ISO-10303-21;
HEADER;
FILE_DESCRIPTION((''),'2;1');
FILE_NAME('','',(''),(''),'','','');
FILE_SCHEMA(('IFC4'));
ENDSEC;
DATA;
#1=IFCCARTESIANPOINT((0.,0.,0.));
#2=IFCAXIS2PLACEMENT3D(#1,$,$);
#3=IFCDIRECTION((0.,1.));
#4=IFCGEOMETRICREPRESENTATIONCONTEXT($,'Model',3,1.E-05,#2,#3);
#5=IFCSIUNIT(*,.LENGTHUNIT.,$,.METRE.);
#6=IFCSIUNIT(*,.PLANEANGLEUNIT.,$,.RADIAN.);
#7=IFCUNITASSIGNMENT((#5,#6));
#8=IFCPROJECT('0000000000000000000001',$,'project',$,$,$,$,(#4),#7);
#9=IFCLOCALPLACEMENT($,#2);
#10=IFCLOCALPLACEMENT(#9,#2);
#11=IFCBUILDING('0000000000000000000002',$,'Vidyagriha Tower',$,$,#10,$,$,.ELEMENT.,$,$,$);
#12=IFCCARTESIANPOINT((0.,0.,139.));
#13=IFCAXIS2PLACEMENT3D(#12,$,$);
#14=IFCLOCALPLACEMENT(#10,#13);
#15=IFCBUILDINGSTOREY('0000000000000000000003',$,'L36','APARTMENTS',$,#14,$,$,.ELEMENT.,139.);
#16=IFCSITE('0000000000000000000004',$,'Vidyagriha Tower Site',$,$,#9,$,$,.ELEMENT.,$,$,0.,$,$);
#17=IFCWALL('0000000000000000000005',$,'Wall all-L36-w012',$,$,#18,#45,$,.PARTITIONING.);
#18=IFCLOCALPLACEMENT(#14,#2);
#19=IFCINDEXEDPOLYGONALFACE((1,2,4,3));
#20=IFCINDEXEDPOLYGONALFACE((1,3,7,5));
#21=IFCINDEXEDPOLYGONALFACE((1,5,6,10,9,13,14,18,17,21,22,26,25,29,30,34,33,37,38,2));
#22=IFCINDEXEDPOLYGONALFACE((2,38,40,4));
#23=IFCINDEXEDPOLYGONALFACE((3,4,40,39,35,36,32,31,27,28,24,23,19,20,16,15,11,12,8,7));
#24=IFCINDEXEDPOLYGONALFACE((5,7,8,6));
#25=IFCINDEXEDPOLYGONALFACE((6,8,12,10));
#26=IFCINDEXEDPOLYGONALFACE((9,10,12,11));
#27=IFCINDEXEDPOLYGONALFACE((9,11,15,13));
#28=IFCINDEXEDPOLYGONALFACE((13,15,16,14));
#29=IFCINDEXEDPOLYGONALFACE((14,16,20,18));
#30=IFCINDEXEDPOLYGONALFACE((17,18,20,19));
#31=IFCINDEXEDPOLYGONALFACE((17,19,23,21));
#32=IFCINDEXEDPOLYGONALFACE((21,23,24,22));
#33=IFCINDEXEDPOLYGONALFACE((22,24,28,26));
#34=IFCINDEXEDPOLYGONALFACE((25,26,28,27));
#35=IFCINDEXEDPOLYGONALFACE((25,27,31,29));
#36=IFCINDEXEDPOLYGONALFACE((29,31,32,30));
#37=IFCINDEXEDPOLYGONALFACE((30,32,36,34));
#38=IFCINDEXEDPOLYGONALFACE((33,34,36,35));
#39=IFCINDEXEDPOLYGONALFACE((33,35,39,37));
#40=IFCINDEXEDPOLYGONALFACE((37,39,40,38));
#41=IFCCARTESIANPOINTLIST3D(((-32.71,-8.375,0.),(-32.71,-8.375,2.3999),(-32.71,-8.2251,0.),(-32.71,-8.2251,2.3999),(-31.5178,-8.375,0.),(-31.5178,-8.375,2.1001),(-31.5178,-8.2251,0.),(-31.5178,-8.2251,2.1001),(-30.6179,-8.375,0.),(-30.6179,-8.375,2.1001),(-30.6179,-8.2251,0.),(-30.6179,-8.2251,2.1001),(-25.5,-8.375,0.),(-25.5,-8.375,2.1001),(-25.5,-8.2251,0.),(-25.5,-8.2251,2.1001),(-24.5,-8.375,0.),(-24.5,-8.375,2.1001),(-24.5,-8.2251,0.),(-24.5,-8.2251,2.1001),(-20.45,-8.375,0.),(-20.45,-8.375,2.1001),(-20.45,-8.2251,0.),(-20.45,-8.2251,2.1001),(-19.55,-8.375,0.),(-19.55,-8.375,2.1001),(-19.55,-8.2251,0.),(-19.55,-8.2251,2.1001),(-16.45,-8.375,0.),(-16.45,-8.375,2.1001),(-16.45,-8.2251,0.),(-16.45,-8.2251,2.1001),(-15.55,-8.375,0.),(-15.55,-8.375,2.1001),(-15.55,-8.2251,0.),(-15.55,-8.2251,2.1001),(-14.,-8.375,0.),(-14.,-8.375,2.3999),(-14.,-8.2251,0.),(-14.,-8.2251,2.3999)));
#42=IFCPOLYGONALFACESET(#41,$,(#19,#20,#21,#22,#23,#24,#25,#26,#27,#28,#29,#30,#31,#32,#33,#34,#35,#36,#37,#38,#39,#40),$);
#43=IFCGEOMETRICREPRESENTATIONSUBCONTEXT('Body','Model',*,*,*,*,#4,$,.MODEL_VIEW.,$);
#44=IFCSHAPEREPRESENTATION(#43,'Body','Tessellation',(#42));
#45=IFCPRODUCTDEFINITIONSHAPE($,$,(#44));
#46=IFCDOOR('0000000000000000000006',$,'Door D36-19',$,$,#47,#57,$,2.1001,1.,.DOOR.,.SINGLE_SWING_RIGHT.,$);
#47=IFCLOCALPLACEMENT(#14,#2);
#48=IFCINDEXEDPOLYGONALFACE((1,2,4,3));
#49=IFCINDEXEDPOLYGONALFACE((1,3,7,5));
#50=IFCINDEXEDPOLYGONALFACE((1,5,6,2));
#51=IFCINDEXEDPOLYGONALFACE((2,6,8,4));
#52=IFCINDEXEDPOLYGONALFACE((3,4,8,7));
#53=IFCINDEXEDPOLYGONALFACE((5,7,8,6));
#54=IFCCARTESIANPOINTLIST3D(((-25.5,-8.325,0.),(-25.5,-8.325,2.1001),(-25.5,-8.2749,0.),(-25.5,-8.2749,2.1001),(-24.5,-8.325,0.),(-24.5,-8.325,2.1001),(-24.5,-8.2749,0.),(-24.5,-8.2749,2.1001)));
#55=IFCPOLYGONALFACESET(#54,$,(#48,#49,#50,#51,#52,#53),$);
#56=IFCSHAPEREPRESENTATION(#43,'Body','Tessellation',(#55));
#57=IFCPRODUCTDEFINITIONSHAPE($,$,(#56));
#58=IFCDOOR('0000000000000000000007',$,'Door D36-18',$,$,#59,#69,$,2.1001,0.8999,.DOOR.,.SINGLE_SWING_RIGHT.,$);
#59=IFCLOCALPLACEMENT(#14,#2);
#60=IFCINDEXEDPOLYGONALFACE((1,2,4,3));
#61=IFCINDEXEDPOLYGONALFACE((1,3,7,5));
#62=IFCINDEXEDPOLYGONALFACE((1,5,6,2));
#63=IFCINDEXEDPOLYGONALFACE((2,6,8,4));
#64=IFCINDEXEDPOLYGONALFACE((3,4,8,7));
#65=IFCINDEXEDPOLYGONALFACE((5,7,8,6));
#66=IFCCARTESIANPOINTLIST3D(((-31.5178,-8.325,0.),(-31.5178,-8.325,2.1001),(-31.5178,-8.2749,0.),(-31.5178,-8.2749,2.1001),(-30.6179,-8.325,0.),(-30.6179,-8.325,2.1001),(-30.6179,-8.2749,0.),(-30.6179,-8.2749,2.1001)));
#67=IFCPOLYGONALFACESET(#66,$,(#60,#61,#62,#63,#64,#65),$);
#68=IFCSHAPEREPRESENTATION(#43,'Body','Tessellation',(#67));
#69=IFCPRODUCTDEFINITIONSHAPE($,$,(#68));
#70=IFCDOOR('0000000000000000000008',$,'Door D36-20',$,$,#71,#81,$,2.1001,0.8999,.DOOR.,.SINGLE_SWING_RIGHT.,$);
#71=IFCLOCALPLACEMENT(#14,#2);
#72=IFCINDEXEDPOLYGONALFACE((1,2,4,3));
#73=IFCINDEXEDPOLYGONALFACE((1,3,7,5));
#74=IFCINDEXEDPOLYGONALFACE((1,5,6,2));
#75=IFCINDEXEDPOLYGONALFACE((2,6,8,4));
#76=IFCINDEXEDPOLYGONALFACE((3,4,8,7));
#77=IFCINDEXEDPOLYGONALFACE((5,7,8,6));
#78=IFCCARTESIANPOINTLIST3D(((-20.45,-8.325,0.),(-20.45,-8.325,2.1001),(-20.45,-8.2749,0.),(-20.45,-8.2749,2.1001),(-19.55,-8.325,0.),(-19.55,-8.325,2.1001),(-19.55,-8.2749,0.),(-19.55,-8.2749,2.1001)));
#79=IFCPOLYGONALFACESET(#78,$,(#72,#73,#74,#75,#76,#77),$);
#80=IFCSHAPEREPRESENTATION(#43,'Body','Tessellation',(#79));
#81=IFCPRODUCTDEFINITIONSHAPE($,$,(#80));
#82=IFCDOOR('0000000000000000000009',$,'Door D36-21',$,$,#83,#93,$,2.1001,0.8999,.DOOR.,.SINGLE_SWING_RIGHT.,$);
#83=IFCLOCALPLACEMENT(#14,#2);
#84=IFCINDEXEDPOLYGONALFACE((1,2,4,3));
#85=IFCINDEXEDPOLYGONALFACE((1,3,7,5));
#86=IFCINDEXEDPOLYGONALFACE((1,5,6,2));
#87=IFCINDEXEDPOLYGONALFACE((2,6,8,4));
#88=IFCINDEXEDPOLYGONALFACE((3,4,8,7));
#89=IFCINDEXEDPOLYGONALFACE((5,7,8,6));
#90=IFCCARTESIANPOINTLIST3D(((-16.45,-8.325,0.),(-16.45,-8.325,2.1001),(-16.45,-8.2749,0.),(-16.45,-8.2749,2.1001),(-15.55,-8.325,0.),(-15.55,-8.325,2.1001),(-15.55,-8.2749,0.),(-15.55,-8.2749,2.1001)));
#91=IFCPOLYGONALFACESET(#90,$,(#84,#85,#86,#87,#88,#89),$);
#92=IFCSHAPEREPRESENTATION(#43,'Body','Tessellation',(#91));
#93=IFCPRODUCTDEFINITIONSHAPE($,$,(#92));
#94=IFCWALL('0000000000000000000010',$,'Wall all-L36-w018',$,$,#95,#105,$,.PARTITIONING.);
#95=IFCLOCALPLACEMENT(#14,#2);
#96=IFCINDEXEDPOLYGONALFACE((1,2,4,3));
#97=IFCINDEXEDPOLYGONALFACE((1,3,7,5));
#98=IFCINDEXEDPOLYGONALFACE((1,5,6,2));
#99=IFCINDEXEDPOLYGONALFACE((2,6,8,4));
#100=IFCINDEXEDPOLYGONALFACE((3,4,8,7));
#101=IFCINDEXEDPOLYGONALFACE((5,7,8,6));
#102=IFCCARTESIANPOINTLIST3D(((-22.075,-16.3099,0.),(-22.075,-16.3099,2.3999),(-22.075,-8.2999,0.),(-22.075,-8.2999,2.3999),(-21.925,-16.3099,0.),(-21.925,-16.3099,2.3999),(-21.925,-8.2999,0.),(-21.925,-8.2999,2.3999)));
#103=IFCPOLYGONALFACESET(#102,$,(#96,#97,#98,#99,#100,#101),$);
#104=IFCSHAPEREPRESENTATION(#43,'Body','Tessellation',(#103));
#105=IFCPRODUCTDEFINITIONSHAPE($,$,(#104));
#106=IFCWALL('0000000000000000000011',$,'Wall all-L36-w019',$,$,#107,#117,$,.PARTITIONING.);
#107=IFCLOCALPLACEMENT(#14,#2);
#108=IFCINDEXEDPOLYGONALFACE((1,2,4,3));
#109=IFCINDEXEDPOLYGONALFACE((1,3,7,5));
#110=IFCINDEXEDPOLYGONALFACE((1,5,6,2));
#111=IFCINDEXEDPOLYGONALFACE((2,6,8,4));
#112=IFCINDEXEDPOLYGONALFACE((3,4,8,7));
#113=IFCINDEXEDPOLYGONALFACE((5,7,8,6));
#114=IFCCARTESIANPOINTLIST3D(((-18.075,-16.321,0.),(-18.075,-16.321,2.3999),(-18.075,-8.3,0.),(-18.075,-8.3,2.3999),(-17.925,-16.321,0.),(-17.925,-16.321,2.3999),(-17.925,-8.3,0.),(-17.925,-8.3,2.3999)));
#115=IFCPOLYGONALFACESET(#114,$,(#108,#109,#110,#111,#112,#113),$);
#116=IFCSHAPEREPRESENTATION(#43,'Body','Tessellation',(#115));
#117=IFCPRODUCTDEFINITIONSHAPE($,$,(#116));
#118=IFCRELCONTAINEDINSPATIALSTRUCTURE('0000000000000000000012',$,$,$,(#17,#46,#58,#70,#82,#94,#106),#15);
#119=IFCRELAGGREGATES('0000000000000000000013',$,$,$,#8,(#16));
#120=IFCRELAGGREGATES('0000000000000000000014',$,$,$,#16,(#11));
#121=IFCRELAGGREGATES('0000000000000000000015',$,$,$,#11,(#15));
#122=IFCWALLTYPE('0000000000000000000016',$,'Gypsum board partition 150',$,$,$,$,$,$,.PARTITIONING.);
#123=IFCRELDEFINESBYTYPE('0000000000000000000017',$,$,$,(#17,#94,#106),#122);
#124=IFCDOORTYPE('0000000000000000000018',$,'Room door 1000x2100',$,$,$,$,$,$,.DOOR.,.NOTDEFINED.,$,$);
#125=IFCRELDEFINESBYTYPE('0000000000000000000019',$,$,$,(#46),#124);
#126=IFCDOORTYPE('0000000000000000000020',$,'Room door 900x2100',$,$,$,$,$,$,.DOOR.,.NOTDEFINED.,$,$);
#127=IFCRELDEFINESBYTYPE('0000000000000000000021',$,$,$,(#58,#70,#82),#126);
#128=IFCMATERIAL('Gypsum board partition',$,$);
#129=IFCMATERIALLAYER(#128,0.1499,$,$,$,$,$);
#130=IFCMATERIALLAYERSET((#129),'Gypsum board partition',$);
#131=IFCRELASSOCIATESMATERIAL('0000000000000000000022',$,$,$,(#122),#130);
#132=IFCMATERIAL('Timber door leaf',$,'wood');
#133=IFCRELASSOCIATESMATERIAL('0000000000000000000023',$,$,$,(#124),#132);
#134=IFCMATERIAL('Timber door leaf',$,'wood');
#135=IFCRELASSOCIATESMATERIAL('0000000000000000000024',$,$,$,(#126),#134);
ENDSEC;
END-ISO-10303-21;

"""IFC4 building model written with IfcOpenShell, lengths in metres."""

from ifc_helpers import new_model, si_unit, direction, frame, frame_2d, origin, place, context, subcontext, project, spatial, rectangle, extrude, material, layer, layer_set, type_object, element, fill, save


model = new_model("IFC4")

# Units and contexts
model_context = context("Model", 3, precision=1e-05, world=origin(), true_north=direction((0.0, 1.0)))
body_context = subcontext(model_context, "Body", "Model", "MODEL_VIEW")
ifc_project = project(units=[si_unit("LENGTHUNIT", "METRE"), si_unit("PLANEANGLEUNIT", "RADIAN")], contexts=[model_context])

# Site, building, storey
site_placement = place(None, origin())
site = spatial("IfcSite", under=ifc_project, at=site_placement, Name="Vidyagriha Tower Site", CompositionType="ELEMENT", RefElevation=0.0)
building_placement = place(site_placement, origin())
building = spatial("IfcBuilding", under=site, at=building_placement, Name="Vidyagriha Tower", CompositionType="ELEMENT")
storey_placement = place(building_placement, frame((0.0, 0.0, 139.0)))
storey = spatial("IfcBuildingStorey", under=building, at=storey_placement, Name="L36", Description="APARTMENTS", CompositionType="ELEMENT", Elevation=139.0)

# Shared definitions
ifc_material_1 = material(Name="Gypsum board partition")
ifc_layer_1 = layer(ifc_material_1, 0.1499)
ifc_layer_set_1 = layer_set([ifc_layer_1], Name="Gypsum board partition")
wall_type_1 = type_object("IfcWallType", Name="Gypsum board partition 150", PredefinedType="PARTITIONING", material=ifc_layer_set_1)

# Wall, openings, doors
wall_1_placement = place(storey_placement, frame((-14.0, -8.3, 0.0), z_axis=(0.0, 0.0, 1.0), x_axis=(-1.0, 0.0, 0.0)))
wall_1 = element("IfcWall", 1, at=wall_1_placement, inside=storey, type_object=wall_type_1, Name="Wall all-L36-w012", PredefinedType="PARTITIONING", context=body_context, shape_type="SweptSolid", body=[
    extrude(rectangle(XDim=18.71, YDim=0.1499, at=frame_2d((9.355, 0.0))), origin(), (0.0, 0.0, 1.0), 2.3999),
])
opening_1_placement = place(wall_1_placement, frame((16.6179, 0.0, 0.0)))
opening_1 = element("IfcOpeningElement", 2, at=opening_1_placement, cuts=wall_1, PredefinedType="OPENING", context=body_context, shape_type="SweptSolid", body=[
    extrude(rectangle(XDim=0.8999, YDim=2.1001, at=frame_2d((0.45, 1.05))), frame((0.0, 0.085, 0.0), z_axis=(0.0, -1.0, 0.0), x_axis=(1.0, 0.0, 0.0)), (0.0, 0.0, 1.0), 0.1699),
])
opening_2_placement = place(wall_1_placement, frame((10.5, 0.0, 0.0)))
opening_2 = element("IfcOpeningElement", 3, at=opening_2_placement, cuts=wall_1, PredefinedType="OPENING", context=body_context, shape_type="SweptSolid", body=[
    extrude(rectangle(XDim=1.0, YDim=2.1001, at=frame_2d((0.5, 1.05))), frame((0.0, 0.085, 0.0), z_axis=(0.0, -1.0, 0.0), x_axis=(1.0, 0.0, 0.0)), (0.0, 0.0, 1.0), 0.1699),
])
opening_3_placement = place(wall_1_placement, frame((5.55, 0.0, 0.0)))
opening_3 = element("IfcOpeningElement", 4, at=opening_3_placement, cuts=wall_1, PredefinedType="OPENING", context=body_context, shape_type="SweptSolid", body=[
    extrude(rectangle(XDim=0.8999, YDim=2.1001, at=frame_2d((0.45, 1.05))), frame((0.0, 0.085, 0.0), z_axis=(0.0, -1.0, 0.0), x_axis=(1.0, 0.0, 0.0)), (0.0, 0.0, 1.0), 0.1699),
])
opening_4_placement = place(wall_1_placement, frame((1.55, 0.0, 0.0)))
opening_4 = element("IfcOpeningElement", 5, at=opening_4_placement, cuts=wall_1, PredefinedType="OPENING", context=body_context, shape_type="SweptSolid", body=[
    extrude(rectangle(XDim=0.8999, YDim=2.1001, at=frame_2d((0.45, 1.05))), frame((0.0, 0.085, 0.0), z_axis=(0.0, -1.0, 0.0), x_axis=(1.0, 0.0, 0.0)), (0.0, 0.0, 1.0), 0.1699),
])
ifc_material_2 = material(Name="Timber door leaf", Category="wood")
door_type_1 = type_object("IfcDoorType", Name="Room door 1000x2100", OperationType="NOTDEFINED", PredefinedType="DOOR", material=ifc_material_2)
door_1_placement = place(opening_2_placement, origin())
door_1 = element("IfcDoor", 6, at=door_1_placement, inside=storey, type_object=door_type_1, Name="Door D36-19", OperationType="SINGLE_SWING_RIGHT", OverallHeight=2.1001, OverallWidth=1.0, PredefinedType="DOOR", context=body_context, shape_type="SweptSolid", body=[
    extrude(rectangle(XDim=1.0, YDim=2.1001, at=frame_2d((0.5, 1.05))), frame((0.0, 0.0249, 0.0), z_axis=(0.0, -1.0, 0.0), x_axis=(1.0, 0.0, 0.0)), (0.0, 0.0, 1.0), 0.05),
])
fill(opening_2, door_1)
ifc_material_3 = material(Name="Timber door leaf", Category="wood")
door_type_2 = type_object("IfcDoorType", Name="Room door 900x2100", OperationType="NOTDEFINED", PredefinedType="DOOR", material=ifc_material_3)
door_2_placement = place(opening_1_placement, origin())
door_2 = element("IfcDoor", 7, at=door_2_placement, inside=storey, type_object=door_type_2, Name="Door D36-18", OperationType="SINGLE_SWING_RIGHT", OverallHeight=2.1001, OverallWidth=0.8999, PredefinedType="DOOR", context=body_context, shape_type="SweptSolid", body=[
    extrude(rectangle(XDim=0.8999, YDim=2.1001, at=frame_2d((0.45, 1.05))), frame((0.0, 0.0249, 0.0), z_axis=(0.0, -1.0, 0.0), x_axis=(1.0, 0.0, 0.0)), (0.0, 0.0, 1.0), 0.05),
])
fill(opening_1, door_2)
door_3_placement = place(opening_3_placement, origin())
door_3 = element("IfcDoor", 8, at=door_3_placement, inside=storey, type_object=door_type_2, Name="Door D36-20", OperationType="SINGLE_SWING_RIGHT", OverallHeight=2.1001, OverallWidth=0.8999, PredefinedType="DOOR", context=body_context, shape_type="SweptSolid", body=[
    extrude(rectangle(XDim=0.8999, YDim=2.1001, at=frame_2d((0.45, 1.05))), frame((0.0, 0.0249, 0.0), z_axis=(0.0, -1.0, 0.0), x_axis=(1.0, 0.0, 0.0)), (0.0, 0.0, 1.0), 0.05),
])
fill(opening_3, door_3)
door_4_placement = place(opening_4_placement, origin())
door_4 = element("IfcDoor", 9, at=door_4_placement, inside=storey, type_object=door_type_2, Name="Door D36-21", OperationType="SINGLE_SWING_RIGHT", OverallHeight=2.1001, OverallWidth=0.8999, PredefinedType="DOOR", context=body_context, shape_type="SweptSolid", body=[
    extrude(rectangle(XDim=0.8999, YDim=2.1001, at=frame_2d((0.45, 1.05))), frame((0.0, 0.0249, 0.0), z_axis=(0.0, -1.0, 0.0), x_axis=(1.0, 0.0, 0.0)), (0.0, 0.0, 1.0), 0.05),
])
fill(opening_4, door_4)

# Walls
wall_2_placement = place(storey_placement, frame((-22.0, -8.3, 0.0), z_axis=(0.0, 0.0, 1.0), x_axis=(0.0, -1.0, 0.0)))
element("IfcWall", 10, at=wall_2_placement, inside=storey, type_object=wall_type_1, Name="Wall all-L36-w018", PredefinedType="PARTITIONING", context=body_context, shape_type="SweptSolid", body=[
    extrude(rectangle(XDim=8.01, YDim=0.1499, at=frame_2d((4.0049, 0.0))), origin(), (0.0, 0.0, 1.0), 2.3999),
])
wall_3_placement = place(storey_placement, frame((-18.0, -8.3, 0.0), z_axis=(0.0, 0.0, 1.0), x_axis=(0.0, -1.0, 0.0)))
element("IfcWall", 11, at=wall_3_placement, inside=storey, type_object=wall_type_1, Name="Wall all-L36-w019", PredefinedType="PARTITIONING", context=body_context, shape_type="SweptSolid", body=[
    extrude(rectangle(XDim=8.021, YDim=0.1499, at=frame_2d((4.0105, 0.0))), origin(), (0.0, 0.0, 1.0), 2.3999),
])

save(model, "model.ifc")
